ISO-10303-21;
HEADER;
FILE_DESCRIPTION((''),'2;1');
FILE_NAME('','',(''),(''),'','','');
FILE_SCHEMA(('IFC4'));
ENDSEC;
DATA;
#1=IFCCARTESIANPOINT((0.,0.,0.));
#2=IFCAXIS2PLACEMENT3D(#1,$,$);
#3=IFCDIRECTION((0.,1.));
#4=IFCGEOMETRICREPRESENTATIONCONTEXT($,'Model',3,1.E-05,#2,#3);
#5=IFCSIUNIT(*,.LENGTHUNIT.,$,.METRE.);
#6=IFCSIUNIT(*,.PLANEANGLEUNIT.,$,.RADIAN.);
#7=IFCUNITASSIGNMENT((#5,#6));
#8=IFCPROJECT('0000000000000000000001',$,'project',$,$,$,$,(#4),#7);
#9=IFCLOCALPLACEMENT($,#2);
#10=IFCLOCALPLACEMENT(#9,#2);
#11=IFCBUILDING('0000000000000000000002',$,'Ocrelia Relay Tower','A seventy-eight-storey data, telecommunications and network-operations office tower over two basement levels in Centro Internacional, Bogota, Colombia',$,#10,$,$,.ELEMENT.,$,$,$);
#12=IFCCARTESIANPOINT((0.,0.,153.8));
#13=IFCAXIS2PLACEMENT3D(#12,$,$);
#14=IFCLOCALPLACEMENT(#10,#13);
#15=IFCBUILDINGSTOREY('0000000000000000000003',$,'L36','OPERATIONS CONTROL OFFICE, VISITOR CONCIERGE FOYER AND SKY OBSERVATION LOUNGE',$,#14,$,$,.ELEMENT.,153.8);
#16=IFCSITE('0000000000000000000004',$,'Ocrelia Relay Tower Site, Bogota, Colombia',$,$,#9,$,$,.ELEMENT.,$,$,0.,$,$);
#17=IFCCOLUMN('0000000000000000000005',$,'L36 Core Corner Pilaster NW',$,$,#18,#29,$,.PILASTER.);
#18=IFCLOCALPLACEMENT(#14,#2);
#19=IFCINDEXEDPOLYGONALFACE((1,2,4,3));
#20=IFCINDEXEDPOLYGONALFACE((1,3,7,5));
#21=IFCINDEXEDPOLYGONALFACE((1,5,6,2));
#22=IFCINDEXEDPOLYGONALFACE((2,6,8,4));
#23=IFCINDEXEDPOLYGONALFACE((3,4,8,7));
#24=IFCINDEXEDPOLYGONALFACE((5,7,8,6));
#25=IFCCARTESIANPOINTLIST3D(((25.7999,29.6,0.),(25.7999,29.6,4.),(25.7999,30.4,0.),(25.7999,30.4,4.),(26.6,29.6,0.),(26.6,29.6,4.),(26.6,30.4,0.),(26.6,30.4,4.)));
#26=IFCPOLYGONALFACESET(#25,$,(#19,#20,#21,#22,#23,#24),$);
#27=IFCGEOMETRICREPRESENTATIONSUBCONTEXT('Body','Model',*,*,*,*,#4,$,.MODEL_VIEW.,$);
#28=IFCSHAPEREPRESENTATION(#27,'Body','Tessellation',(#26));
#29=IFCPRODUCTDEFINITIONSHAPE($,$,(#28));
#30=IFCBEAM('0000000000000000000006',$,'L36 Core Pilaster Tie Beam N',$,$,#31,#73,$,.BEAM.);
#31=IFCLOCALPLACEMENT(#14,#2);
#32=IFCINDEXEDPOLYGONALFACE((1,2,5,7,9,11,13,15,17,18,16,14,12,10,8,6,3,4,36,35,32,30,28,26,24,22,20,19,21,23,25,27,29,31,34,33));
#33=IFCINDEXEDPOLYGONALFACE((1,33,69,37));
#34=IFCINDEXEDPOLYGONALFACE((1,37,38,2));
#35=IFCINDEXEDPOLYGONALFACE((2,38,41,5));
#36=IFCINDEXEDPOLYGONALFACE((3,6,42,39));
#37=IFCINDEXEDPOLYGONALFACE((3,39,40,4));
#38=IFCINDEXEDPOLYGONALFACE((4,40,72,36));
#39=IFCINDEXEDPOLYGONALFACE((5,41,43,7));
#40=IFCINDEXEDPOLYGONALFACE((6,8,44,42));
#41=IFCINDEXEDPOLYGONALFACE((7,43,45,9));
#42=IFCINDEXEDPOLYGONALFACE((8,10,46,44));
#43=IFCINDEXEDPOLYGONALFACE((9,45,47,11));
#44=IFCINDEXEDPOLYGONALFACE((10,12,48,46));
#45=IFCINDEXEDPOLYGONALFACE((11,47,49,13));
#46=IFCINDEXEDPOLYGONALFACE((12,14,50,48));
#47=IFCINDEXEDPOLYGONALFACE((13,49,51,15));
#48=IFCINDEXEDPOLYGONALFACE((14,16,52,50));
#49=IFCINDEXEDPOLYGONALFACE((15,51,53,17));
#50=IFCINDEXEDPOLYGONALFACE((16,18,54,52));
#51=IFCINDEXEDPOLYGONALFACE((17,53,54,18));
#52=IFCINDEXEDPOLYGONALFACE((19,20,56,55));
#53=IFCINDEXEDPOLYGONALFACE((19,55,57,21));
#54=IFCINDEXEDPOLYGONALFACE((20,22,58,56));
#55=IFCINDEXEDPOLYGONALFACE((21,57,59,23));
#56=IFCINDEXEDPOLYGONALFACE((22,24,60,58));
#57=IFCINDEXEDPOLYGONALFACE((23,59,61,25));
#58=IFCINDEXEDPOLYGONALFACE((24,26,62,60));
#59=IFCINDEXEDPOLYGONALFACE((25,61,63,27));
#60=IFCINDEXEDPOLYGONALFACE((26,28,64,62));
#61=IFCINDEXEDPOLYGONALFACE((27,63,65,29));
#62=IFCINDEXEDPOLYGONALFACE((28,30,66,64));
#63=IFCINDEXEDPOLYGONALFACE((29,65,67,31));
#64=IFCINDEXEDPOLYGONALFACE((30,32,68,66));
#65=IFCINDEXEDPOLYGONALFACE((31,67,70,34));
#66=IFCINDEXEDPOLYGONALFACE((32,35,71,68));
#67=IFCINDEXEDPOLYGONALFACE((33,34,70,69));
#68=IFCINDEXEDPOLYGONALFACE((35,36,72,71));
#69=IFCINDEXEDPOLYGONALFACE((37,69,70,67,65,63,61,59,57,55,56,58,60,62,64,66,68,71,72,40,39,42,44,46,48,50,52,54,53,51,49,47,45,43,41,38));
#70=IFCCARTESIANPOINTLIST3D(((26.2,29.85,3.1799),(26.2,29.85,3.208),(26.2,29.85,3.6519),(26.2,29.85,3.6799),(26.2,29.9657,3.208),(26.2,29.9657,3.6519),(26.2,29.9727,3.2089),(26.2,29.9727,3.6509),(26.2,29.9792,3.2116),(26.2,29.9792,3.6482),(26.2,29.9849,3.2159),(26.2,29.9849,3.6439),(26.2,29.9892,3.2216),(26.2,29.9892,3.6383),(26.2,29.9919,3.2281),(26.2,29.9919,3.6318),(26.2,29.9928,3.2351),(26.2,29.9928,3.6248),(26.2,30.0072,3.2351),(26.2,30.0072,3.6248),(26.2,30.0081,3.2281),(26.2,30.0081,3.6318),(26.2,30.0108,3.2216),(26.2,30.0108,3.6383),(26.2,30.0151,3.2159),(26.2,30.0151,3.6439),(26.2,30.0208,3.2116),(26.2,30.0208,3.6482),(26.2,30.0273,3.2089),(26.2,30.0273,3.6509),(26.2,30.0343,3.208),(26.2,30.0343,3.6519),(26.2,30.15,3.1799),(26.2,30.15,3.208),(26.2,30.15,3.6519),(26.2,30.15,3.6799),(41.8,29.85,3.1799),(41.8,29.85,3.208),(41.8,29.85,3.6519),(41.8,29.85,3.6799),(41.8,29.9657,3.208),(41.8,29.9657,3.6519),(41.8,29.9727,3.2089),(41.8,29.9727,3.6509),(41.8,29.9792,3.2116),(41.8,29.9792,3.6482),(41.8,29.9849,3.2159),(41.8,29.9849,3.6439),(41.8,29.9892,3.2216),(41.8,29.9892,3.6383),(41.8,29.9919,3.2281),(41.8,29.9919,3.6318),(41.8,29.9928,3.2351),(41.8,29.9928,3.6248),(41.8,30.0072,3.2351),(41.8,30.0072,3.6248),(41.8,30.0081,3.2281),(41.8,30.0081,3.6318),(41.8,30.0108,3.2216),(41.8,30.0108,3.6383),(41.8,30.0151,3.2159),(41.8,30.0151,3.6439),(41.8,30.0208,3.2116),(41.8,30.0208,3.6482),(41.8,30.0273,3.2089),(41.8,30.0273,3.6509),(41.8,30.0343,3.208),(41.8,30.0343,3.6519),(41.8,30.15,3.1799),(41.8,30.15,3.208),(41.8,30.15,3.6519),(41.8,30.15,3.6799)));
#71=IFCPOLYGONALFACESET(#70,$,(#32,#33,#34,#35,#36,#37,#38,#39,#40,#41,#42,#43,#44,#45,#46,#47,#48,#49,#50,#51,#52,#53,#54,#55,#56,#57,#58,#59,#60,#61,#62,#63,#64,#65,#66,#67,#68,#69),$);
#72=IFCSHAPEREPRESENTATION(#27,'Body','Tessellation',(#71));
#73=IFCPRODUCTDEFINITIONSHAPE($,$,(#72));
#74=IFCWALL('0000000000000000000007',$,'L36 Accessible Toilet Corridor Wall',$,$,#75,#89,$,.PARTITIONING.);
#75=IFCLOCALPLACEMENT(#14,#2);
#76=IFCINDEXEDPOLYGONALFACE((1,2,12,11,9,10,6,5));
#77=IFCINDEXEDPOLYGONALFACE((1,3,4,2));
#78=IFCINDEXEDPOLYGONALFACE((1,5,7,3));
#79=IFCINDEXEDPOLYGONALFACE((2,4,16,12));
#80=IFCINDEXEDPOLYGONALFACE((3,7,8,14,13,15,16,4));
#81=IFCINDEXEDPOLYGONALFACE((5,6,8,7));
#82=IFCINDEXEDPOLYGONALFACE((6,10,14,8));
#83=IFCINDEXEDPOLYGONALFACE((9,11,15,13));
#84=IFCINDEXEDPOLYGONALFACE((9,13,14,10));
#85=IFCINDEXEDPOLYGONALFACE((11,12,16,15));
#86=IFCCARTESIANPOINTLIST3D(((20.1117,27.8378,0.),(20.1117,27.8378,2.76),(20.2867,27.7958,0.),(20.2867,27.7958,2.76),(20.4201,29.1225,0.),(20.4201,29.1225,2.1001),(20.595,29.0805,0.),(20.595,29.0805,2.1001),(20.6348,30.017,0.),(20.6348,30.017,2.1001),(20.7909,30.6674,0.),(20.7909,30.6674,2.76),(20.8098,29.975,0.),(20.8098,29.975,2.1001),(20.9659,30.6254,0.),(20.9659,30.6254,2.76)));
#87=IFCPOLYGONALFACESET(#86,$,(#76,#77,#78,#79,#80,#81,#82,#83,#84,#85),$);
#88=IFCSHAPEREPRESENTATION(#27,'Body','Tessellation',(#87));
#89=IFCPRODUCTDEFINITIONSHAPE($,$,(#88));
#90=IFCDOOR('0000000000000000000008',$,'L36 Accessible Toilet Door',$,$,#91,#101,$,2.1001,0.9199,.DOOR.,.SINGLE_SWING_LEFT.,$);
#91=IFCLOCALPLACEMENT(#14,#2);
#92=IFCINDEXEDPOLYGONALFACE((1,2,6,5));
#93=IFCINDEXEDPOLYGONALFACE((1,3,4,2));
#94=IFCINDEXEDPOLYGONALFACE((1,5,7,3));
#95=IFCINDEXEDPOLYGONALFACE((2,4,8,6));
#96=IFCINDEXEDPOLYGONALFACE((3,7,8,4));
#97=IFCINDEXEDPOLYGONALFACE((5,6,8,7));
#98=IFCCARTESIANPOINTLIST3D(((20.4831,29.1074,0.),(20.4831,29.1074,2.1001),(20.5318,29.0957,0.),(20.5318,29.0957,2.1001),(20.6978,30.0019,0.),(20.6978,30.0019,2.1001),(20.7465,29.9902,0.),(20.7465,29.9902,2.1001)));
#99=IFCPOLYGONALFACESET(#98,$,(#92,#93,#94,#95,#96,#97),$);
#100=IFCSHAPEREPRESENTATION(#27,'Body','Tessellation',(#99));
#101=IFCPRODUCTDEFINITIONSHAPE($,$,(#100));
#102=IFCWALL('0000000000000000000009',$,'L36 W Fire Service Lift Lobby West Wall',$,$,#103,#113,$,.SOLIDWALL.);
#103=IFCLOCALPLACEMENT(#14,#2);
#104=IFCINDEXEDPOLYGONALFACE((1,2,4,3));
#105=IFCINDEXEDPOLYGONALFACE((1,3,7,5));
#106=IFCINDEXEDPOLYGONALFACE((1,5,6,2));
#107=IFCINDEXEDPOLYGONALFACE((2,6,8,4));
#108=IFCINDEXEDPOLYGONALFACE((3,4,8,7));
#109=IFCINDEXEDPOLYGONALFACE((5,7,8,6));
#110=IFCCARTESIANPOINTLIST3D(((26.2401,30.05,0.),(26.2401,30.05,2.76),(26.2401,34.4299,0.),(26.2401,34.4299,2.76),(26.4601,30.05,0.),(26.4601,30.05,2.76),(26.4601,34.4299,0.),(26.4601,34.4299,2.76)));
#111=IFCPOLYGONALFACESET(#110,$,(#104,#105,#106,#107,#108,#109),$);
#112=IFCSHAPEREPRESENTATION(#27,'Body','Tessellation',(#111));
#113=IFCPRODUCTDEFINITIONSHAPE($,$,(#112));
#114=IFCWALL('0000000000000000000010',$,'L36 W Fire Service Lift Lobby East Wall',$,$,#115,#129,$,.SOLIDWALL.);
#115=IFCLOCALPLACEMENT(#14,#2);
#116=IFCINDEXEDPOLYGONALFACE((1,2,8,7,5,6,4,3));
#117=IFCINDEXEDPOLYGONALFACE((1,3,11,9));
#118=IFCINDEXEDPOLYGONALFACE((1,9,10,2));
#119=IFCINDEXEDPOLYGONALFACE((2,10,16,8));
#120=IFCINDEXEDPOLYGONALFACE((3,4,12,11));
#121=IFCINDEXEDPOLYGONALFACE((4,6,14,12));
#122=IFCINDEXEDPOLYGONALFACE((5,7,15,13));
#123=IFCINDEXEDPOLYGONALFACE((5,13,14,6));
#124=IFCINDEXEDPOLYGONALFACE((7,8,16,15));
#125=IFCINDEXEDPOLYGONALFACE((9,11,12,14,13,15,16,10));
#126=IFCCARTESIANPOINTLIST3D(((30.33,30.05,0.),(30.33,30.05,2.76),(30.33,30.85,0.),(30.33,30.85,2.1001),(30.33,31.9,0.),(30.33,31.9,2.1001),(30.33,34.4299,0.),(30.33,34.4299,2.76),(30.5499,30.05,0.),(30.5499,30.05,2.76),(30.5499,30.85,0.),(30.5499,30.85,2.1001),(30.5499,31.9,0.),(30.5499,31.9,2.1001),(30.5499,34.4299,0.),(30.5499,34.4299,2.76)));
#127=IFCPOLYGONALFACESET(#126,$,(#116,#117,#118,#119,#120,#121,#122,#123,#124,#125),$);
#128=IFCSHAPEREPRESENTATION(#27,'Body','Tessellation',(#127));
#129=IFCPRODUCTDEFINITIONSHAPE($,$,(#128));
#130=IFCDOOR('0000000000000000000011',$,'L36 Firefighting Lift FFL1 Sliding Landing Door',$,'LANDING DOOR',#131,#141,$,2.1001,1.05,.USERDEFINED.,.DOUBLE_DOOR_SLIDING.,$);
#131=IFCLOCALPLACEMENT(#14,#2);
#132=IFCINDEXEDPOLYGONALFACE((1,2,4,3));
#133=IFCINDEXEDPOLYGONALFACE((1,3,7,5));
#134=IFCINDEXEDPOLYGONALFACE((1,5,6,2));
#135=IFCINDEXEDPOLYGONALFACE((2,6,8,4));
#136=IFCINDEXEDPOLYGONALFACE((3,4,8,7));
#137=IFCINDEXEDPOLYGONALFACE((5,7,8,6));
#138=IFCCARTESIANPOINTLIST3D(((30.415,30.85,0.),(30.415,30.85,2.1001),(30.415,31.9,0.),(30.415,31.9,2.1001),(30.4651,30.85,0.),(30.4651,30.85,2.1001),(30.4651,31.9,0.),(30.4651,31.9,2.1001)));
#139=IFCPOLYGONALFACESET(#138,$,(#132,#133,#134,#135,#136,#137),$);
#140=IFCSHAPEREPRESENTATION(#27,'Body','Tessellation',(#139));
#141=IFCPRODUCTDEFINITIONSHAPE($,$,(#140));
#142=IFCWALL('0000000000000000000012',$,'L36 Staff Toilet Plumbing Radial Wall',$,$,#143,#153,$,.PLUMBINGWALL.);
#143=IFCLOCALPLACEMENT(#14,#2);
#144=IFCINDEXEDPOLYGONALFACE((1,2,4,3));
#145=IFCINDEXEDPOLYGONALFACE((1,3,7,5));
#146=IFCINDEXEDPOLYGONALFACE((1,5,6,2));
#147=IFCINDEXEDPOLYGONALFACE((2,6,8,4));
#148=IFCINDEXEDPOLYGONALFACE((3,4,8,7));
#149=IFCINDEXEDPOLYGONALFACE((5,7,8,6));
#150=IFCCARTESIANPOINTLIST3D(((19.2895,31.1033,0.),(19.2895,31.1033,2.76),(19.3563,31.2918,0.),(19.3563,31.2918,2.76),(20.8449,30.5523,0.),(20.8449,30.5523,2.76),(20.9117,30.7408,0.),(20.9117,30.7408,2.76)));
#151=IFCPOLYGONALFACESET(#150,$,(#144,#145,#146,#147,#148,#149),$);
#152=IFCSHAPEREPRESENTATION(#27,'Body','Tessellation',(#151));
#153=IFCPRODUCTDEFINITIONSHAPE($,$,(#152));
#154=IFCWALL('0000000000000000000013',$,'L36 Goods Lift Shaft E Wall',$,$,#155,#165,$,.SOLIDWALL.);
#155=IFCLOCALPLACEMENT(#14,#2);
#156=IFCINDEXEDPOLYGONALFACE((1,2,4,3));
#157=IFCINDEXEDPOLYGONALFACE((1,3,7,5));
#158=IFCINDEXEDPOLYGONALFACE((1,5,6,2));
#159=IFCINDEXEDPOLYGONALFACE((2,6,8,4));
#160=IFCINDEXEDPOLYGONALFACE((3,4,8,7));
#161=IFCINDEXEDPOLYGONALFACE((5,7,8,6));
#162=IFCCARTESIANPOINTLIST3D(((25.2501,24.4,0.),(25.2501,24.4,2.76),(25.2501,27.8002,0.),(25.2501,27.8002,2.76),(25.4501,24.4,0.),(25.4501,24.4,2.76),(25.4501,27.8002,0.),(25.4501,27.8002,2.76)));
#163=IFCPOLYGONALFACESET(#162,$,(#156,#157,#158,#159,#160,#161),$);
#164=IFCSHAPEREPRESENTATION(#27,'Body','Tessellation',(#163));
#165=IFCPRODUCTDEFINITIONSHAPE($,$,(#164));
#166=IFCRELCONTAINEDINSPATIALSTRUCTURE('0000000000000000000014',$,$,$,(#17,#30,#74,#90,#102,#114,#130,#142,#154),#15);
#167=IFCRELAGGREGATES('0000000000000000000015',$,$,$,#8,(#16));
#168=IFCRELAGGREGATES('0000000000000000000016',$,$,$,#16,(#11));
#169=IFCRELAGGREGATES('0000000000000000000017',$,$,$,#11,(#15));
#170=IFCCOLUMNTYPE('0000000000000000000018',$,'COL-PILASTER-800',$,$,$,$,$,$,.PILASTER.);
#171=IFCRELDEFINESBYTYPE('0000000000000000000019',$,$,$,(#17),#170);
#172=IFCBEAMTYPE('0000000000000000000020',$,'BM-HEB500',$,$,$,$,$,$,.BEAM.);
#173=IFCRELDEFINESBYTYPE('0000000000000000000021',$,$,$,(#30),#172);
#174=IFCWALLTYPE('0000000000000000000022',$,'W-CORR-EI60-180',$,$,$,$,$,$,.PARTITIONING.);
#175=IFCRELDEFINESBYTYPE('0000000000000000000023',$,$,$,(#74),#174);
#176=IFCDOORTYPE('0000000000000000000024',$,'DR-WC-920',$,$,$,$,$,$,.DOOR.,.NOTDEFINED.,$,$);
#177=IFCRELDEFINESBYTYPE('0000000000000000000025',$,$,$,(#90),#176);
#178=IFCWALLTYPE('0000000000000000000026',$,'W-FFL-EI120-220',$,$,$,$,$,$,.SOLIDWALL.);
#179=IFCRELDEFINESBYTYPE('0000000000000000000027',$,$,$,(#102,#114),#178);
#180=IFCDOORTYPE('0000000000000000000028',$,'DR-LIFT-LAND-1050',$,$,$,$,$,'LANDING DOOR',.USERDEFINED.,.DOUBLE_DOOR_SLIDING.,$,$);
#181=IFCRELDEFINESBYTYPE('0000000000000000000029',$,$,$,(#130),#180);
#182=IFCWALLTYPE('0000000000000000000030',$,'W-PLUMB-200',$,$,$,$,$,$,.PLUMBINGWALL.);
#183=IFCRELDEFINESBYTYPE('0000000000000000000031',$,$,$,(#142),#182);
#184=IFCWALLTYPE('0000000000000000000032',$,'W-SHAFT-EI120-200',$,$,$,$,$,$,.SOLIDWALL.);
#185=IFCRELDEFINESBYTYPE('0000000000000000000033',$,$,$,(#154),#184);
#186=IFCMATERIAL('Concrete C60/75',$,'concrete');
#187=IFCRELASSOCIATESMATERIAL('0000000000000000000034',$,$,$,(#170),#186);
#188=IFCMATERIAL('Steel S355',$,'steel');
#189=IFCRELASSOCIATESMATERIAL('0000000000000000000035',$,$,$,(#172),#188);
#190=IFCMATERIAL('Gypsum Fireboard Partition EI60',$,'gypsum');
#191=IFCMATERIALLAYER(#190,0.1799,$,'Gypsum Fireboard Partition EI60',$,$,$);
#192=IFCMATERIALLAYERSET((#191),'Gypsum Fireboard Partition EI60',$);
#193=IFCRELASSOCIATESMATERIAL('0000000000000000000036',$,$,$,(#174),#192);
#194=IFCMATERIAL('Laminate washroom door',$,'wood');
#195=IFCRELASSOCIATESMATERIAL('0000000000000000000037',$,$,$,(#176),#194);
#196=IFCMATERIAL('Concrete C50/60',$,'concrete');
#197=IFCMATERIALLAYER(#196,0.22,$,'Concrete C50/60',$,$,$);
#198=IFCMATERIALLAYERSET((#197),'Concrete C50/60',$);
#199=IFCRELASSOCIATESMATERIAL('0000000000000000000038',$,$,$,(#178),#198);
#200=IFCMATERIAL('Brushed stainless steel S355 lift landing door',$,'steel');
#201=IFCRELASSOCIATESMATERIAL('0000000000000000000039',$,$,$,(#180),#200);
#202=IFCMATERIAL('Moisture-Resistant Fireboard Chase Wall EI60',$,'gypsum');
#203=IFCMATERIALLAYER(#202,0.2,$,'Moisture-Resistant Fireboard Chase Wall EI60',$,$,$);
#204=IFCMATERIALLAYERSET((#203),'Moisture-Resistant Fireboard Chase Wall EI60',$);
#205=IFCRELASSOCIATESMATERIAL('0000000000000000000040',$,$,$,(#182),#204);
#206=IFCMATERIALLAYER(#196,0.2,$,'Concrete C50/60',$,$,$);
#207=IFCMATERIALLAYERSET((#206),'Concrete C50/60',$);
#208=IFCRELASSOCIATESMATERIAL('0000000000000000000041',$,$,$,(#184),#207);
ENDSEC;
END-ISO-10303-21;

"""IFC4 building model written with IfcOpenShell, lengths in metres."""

from ifc_helpers import new_model, si_unit, direction, frame, frame_2d, origin, origin_2d, place, context, subcontext, project, spatial, rectangle, i_section, extrude, material, layer, layer_set, material_profile, profile_set, type_object, element, fill, save


model = new_model("IFC4")

# Units and contexts
model_context = context("Model", 3, precision=1e-05, world=origin(), true_north=direction((0.0, 1.0)))
body_context = subcontext(model_context, "Body", "Model", "MODEL_VIEW")
ifc_project = project(units=[si_unit("LENGTHUNIT", "METRE"), si_unit("PLANEANGLEUNIT", "RADIAN")], contexts=[model_context])

# Site, building, storey
site_placement = place(None, origin())
site = spatial("IfcSite", under=ifc_project, at=site_placement, Name="Ocrelia Relay Tower Site, Bogota, Colombia", CompositionType="ELEMENT", RefElevation=0.0)
building_placement = place(site_placement, origin())
building = spatial("IfcBuilding", under=site, at=building_placement, Name="Ocrelia Relay Tower", Description="A seventy-eight-storey data, telecommunications and network-operations office tower over two basement levels in Centro Internacional, Bogota, Colombia", CompositionType="ELEMENT")
storey_placement = place(building_placement, frame((0.0, 0.0, 153.8)))
storey = spatial("IfcBuildingStorey", under=building, at=storey_placement, Name="L36", Description="OPERATIONS CONTROL OFFICE, VISITOR CONCIERGE FOYER AND SKY OBSERVATION LOUNGE", CompositionType="ELEMENT", Elevation=153.8)

# Column
ifc_material_1 = material(Name="Concrete C60/75", Category="concrete")
ifc_material_profile_1 = material_profile(ifc_material_1, rectangle(XDim=0.8, YDim=0.8, at=origin_2d()), Name="RC-COL-800x800")
ifc_profile_set_1 = profile_set([ifc_material_profile_1], Name="Concrete C60/75")
column_type = type_object("IfcColumnType", Name="COL-PILASTER-800", PredefinedType="PILASTER", material=ifc_profile_set_1)
column_placement = place(storey_placement, frame((26.2, 30.0, 0.0), z_axis=(0.0, 0.0, 1.0), x_axis=(1.0, 0.0, 0.0)))
element("IfcColumn", 1, at=column_placement, inside=storey, type_object=column_type, Name="L36 Core Corner Pilaster NW", PredefinedType="PILASTER", context=body_context, shape_type="SweptSolid", body=[
    extrude(rectangle(XDim=0.8, YDim=0.8, at=origin_2d()), origin(), (0.0, 0.0, 1.0), 4.0),
])

# Beam
ifc_material_2 = material(Name="Steel S355", Category="steel")
ifc_material_profile_2 = material_profile(ifc_material_2, i_section(OverallWidth=0.3, OverallDepth=0.5, WebThickness=0.0144, FlangeThickness=0.0281, FilletRadius=0.0271, at=origin_2d()), Name="HEB 500")
ifc_profile_set_2 = profile_set([ifc_material_profile_2], Name="Steel S355")
beam_type = type_object("IfcBeamType", Name="BM-HEB500", PredefinedType="BEAM", material=ifc_profile_set_2)
beam_placement = place(storey_placement, frame((26.2, 30.0, 3.4299), z_axis=(1.0, 0.0, 0.0), x_axis=(0.0, 1.0, 0.0)))
element("IfcBeam", 2, at=beam_placement, inside=storey, type_object=beam_type, Name="L36 Core Pilaster Tie Beam N", PredefinedType="BEAM", context=body_context, shape_type="SweptSolid", body=[
    extrude(i_section(OverallWidth=0.3, OverallDepth=0.5, WebThickness=0.0144, FlangeThickness=0.0281, FilletRadius=0.0271, at=origin_2d()), origin(), (0.0, 0.0, 1.0), 15.6001),
])

# Wall, opening, door
ifc_material_3 = material(Name="Gypsum Fireboard Partition EI60", Category="gypsum")
ifc_layer_1 = layer(ifc_material_3, 0.1799, Name="Gypsum Fireboard Partition EI60")
ifc_layer_set_1 = layer_set([ifc_layer_1], Name="Gypsum Fireboard Partition EI60")
wall_type_1 = type_object("IfcWallType", Name="W-CORR-EI60-180", PredefinedType="PARTITIONING", material=ifc_layer_set_1)
wall_1_placement = place(storey_placement, frame((20.8784, 30.6465, 0.0), z_axis=(0.0, 0.0, 1.0), x_axis=(-0.233405, -0.97238, 0.0)))
wall_1 = element("IfcWall", 3, at=wall_1_placement, inside=storey, type_object=wall_type_1, Name="L36 Accessible Toilet Corridor Wall", PredefinedType="PARTITIONING", context=body_context, shape_type="SweptSolid", body=[
    extrude(rectangle(XDim=2.9099, YDim=0.1799, at=frame_2d((1.4551, 0.0))), origin(), (0.0, 0.0, 1.0), 2.76),
])
opening_1_placement = place(wall_1_placement, frame((0.6689, 0.0, 0.0)))
opening_1 = element("IfcOpeningElement", 4, at=opening_1_placement, cuts=wall_1, PredefinedType="OPENING", context=body_context, shape_type="SweptSolid", body=[
    extrude(rectangle(XDim=0.9199, YDim=2.1001, at=frame_2d((0.46, 1.05))), frame((0.0, 0.1001, 0.0), z_axis=(0.0, -1.0, 0.0), x_axis=(1.0, 0.0, 0.0)), (0.0, 0.0, 1.0), 0.2),
])
ifc_material_4 = material(Name="Laminate washroom door", Category="wood")
door_type_1 = type_object("IfcDoorType", Name="DR-WC-920", OperationType="NOTDEFINED", PredefinedType="DOOR", material=ifc_material_4)
door_1_placement = place(opening_1_placement, origin())
door_1 = element("IfcDoor", 5, at=door_1_placement, inside=storey, type_object=door_type_1, Name="L36 Accessible Toilet Door", OperationType="SINGLE_SWING_LEFT", OverallHeight=2.1001, OverallWidth=0.9199, PredefinedType="DOOR", context=body_context, shape_type="SweptSolid", body=[
    extrude(rectangle(XDim=0.9199, YDim=2.1001, at=frame_2d((0.46, 1.05))), frame((0.0, 0.0249, 0.0), z_axis=(0.0, -1.0, 0.0), x_axis=(1.0, 0.0, 0.0)), (0.0, 0.0, 1.0), 0.05),
])
fill(opening_1, door_1)

# Wall
ifc_material_5 = material(Name="Concrete C50/60", Category="concrete")
ifc_layer_2 = layer(ifc_material_5, 0.22, Name="Concrete C50/60")
ifc_layer_set_2 = layer_set([ifc_layer_2], Name="Concrete C50/60")
wall_type_2 = type_object("IfcWallType", Name="W-FFL-EI120-220", PredefinedType="SOLIDWALL", material=ifc_layer_set_2)
wall_2_placement = place(storey_placement, frame((26.3501, 30.05, 0.0), z_axis=(0.0, 0.0, 1.0), x_axis=(0.0, 1.0, 0.0)))
element("IfcWall", 6, at=wall_2_placement, inside=storey, type_object=wall_type_2, Name="L36 W Fire Service Lift Lobby West Wall", PredefinedType="SOLIDWALL", context=body_context, shape_type="SweptSolid", body=[
    extrude(rectangle(XDim=4.3799, YDim=0.22, at=frame_2d((2.1899, 0.0))), origin(), (0.0, 0.0, 1.0), 2.76),
])

# Wall, opening, door
wall_3_placement = place(storey_placement, frame((30.4399, 30.05, 0.0), z_axis=(0.0, 0.0, 1.0), x_axis=(0.0, 1.0, 0.0)))
wall_3 = element("IfcWall", 7, at=wall_3_placement, inside=storey, type_object=wall_type_2, Name="L36 W Fire Service Lift Lobby East Wall", PredefinedType="SOLIDWALL", context=body_context, shape_type="SweptSolid", body=[
    extrude(rectangle(XDim=4.3799, YDim=0.22, at=frame_2d((2.1899, 0.0))), origin(), (0.0, 0.0, 1.0), 2.76),
])
opening_2_placement = place(wall_3_placement, frame((0.8, 0.0, 0.0)))
opening_2 = element("IfcOpeningElement", 8, at=opening_2_placement, cuts=wall_3, PredefinedType="OPENING", context=body_context, shape_type="SweptSolid", body=[
    extrude(rectangle(XDim=1.05, YDim=2.1001, at=frame_2d((0.5249, 1.05))), frame((0.0, 0.1201, 0.0), z_axis=(0.0, -1.0, 0.0), x_axis=(1.0, 0.0, 0.0)), (0.0, 0.0, 1.0), 0.24),
])
ifc_material_6 = material(Name="Brushed stainless steel S355 lift landing door", Category="steel")
door_type_2 = type_object("IfcDoorType", Name="DR-LIFT-LAND-1050", ElementType="LANDING DOOR", OperationType="DOUBLE_DOOR_SLIDING", PredefinedType="USERDEFINED", material=ifc_material_6)
door_2_placement = place(opening_2_placement, origin())
door_2 = element("IfcDoor", 9, at=door_2_placement, inside=storey, type_object=door_type_2, Name="L36 Firefighting Lift FFL1 Sliding Landing Door", ObjectType="LANDING DOOR", OperationType="DOUBLE_DOOR_SLIDING", OverallHeight=2.1001, OverallWidth=1.05, PredefinedType="USERDEFINED", context=body_context, shape_type="SweptSolid", body=[
    extrude(rectangle(XDim=1.05, YDim=2.1001, at=frame_2d((0.5249, 1.05))), frame((0.0, 0.0249, 0.0), z_axis=(0.0, -1.0, 0.0), x_axis=(1.0, 0.0, 0.0)), (0.0, 0.0, 1.0), 0.05),
])
fill(opening_2, door_2)

# Wall
ifc_material_7 = material(Name="Moisture-Resistant Fireboard Chase Wall EI60", Category="gypsum")
ifc_layer_3 = layer(ifc_material_7, 0.2, Name="Moisture-Resistant Fireboard Chase Wall EI60")
ifc_layer_set_3 = layer_set([ifc_layer_3], Name="Moisture-Resistant Fireboard Chase Wall EI60")
wall_type_3 = type_object("IfcWallType", Name="W-PLUMB-200", PredefinedType="PLUMBINGWALL", material=ifc_layer_set_3)
wall_4_placement = place(storey_placement, frame((20.8784, 30.6465, 0.0), z_axis=(0.0, 0.0, 1.0), x_axis=(-0.942599, 0.333927, 0.0)))
element("IfcWall", 10, at=wall_4_placement, inside=storey, type_object=wall_type_3, Name="L36 Staff Toilet Plumbing Radial Wall", PredefinedType="PLUMBINGWALL", context=body_context, shape_type="SweptSolid", body=[
    extrude(rectangle(XDim=1.6501, YDim=0.2, at=frame_2d((0.8252, 0.0))), origin(), (0.0, 0.0, 1.0), 2.76),
])

# Shared definitions
ifc_layer_4 = layer(ifc_material_5, 0.2, Name="Concrete C50/60")
ifc_layer_set_4 = layer_set([ifc_layer_4], Name="Concrete C50/60")
wall_type_4 = type_object("IfcWallType", Name="W-SHAFT-EI120-200", PredefinedType="SOLIDWALL", material=ifc_layer_set_4)

# Wall
wall_5_placement = place(storey_placement, frame((25.3501, 24.3999, 0.0), z_axis=(0.0, 0.0, 1.0), x_axis=(0.0, 1.0, 0.0)))
element("IfcWall", 11, at=wall_5_placement, inside=storey, type_object=wall_type_4, Name="L36 Goods Lift Shaft E Wall", PredefinedType="SOLIDWALL", context=body_context, shape_type="SweptSolid", body=[
    extrude(rectangle(XDim=3.4001, YDim=0.2, at=frame_2d((1.7002, 0.0))), origin(), (0.0, 0.0, 1.0), 2.76),
])

save(model, "model.ifc")
